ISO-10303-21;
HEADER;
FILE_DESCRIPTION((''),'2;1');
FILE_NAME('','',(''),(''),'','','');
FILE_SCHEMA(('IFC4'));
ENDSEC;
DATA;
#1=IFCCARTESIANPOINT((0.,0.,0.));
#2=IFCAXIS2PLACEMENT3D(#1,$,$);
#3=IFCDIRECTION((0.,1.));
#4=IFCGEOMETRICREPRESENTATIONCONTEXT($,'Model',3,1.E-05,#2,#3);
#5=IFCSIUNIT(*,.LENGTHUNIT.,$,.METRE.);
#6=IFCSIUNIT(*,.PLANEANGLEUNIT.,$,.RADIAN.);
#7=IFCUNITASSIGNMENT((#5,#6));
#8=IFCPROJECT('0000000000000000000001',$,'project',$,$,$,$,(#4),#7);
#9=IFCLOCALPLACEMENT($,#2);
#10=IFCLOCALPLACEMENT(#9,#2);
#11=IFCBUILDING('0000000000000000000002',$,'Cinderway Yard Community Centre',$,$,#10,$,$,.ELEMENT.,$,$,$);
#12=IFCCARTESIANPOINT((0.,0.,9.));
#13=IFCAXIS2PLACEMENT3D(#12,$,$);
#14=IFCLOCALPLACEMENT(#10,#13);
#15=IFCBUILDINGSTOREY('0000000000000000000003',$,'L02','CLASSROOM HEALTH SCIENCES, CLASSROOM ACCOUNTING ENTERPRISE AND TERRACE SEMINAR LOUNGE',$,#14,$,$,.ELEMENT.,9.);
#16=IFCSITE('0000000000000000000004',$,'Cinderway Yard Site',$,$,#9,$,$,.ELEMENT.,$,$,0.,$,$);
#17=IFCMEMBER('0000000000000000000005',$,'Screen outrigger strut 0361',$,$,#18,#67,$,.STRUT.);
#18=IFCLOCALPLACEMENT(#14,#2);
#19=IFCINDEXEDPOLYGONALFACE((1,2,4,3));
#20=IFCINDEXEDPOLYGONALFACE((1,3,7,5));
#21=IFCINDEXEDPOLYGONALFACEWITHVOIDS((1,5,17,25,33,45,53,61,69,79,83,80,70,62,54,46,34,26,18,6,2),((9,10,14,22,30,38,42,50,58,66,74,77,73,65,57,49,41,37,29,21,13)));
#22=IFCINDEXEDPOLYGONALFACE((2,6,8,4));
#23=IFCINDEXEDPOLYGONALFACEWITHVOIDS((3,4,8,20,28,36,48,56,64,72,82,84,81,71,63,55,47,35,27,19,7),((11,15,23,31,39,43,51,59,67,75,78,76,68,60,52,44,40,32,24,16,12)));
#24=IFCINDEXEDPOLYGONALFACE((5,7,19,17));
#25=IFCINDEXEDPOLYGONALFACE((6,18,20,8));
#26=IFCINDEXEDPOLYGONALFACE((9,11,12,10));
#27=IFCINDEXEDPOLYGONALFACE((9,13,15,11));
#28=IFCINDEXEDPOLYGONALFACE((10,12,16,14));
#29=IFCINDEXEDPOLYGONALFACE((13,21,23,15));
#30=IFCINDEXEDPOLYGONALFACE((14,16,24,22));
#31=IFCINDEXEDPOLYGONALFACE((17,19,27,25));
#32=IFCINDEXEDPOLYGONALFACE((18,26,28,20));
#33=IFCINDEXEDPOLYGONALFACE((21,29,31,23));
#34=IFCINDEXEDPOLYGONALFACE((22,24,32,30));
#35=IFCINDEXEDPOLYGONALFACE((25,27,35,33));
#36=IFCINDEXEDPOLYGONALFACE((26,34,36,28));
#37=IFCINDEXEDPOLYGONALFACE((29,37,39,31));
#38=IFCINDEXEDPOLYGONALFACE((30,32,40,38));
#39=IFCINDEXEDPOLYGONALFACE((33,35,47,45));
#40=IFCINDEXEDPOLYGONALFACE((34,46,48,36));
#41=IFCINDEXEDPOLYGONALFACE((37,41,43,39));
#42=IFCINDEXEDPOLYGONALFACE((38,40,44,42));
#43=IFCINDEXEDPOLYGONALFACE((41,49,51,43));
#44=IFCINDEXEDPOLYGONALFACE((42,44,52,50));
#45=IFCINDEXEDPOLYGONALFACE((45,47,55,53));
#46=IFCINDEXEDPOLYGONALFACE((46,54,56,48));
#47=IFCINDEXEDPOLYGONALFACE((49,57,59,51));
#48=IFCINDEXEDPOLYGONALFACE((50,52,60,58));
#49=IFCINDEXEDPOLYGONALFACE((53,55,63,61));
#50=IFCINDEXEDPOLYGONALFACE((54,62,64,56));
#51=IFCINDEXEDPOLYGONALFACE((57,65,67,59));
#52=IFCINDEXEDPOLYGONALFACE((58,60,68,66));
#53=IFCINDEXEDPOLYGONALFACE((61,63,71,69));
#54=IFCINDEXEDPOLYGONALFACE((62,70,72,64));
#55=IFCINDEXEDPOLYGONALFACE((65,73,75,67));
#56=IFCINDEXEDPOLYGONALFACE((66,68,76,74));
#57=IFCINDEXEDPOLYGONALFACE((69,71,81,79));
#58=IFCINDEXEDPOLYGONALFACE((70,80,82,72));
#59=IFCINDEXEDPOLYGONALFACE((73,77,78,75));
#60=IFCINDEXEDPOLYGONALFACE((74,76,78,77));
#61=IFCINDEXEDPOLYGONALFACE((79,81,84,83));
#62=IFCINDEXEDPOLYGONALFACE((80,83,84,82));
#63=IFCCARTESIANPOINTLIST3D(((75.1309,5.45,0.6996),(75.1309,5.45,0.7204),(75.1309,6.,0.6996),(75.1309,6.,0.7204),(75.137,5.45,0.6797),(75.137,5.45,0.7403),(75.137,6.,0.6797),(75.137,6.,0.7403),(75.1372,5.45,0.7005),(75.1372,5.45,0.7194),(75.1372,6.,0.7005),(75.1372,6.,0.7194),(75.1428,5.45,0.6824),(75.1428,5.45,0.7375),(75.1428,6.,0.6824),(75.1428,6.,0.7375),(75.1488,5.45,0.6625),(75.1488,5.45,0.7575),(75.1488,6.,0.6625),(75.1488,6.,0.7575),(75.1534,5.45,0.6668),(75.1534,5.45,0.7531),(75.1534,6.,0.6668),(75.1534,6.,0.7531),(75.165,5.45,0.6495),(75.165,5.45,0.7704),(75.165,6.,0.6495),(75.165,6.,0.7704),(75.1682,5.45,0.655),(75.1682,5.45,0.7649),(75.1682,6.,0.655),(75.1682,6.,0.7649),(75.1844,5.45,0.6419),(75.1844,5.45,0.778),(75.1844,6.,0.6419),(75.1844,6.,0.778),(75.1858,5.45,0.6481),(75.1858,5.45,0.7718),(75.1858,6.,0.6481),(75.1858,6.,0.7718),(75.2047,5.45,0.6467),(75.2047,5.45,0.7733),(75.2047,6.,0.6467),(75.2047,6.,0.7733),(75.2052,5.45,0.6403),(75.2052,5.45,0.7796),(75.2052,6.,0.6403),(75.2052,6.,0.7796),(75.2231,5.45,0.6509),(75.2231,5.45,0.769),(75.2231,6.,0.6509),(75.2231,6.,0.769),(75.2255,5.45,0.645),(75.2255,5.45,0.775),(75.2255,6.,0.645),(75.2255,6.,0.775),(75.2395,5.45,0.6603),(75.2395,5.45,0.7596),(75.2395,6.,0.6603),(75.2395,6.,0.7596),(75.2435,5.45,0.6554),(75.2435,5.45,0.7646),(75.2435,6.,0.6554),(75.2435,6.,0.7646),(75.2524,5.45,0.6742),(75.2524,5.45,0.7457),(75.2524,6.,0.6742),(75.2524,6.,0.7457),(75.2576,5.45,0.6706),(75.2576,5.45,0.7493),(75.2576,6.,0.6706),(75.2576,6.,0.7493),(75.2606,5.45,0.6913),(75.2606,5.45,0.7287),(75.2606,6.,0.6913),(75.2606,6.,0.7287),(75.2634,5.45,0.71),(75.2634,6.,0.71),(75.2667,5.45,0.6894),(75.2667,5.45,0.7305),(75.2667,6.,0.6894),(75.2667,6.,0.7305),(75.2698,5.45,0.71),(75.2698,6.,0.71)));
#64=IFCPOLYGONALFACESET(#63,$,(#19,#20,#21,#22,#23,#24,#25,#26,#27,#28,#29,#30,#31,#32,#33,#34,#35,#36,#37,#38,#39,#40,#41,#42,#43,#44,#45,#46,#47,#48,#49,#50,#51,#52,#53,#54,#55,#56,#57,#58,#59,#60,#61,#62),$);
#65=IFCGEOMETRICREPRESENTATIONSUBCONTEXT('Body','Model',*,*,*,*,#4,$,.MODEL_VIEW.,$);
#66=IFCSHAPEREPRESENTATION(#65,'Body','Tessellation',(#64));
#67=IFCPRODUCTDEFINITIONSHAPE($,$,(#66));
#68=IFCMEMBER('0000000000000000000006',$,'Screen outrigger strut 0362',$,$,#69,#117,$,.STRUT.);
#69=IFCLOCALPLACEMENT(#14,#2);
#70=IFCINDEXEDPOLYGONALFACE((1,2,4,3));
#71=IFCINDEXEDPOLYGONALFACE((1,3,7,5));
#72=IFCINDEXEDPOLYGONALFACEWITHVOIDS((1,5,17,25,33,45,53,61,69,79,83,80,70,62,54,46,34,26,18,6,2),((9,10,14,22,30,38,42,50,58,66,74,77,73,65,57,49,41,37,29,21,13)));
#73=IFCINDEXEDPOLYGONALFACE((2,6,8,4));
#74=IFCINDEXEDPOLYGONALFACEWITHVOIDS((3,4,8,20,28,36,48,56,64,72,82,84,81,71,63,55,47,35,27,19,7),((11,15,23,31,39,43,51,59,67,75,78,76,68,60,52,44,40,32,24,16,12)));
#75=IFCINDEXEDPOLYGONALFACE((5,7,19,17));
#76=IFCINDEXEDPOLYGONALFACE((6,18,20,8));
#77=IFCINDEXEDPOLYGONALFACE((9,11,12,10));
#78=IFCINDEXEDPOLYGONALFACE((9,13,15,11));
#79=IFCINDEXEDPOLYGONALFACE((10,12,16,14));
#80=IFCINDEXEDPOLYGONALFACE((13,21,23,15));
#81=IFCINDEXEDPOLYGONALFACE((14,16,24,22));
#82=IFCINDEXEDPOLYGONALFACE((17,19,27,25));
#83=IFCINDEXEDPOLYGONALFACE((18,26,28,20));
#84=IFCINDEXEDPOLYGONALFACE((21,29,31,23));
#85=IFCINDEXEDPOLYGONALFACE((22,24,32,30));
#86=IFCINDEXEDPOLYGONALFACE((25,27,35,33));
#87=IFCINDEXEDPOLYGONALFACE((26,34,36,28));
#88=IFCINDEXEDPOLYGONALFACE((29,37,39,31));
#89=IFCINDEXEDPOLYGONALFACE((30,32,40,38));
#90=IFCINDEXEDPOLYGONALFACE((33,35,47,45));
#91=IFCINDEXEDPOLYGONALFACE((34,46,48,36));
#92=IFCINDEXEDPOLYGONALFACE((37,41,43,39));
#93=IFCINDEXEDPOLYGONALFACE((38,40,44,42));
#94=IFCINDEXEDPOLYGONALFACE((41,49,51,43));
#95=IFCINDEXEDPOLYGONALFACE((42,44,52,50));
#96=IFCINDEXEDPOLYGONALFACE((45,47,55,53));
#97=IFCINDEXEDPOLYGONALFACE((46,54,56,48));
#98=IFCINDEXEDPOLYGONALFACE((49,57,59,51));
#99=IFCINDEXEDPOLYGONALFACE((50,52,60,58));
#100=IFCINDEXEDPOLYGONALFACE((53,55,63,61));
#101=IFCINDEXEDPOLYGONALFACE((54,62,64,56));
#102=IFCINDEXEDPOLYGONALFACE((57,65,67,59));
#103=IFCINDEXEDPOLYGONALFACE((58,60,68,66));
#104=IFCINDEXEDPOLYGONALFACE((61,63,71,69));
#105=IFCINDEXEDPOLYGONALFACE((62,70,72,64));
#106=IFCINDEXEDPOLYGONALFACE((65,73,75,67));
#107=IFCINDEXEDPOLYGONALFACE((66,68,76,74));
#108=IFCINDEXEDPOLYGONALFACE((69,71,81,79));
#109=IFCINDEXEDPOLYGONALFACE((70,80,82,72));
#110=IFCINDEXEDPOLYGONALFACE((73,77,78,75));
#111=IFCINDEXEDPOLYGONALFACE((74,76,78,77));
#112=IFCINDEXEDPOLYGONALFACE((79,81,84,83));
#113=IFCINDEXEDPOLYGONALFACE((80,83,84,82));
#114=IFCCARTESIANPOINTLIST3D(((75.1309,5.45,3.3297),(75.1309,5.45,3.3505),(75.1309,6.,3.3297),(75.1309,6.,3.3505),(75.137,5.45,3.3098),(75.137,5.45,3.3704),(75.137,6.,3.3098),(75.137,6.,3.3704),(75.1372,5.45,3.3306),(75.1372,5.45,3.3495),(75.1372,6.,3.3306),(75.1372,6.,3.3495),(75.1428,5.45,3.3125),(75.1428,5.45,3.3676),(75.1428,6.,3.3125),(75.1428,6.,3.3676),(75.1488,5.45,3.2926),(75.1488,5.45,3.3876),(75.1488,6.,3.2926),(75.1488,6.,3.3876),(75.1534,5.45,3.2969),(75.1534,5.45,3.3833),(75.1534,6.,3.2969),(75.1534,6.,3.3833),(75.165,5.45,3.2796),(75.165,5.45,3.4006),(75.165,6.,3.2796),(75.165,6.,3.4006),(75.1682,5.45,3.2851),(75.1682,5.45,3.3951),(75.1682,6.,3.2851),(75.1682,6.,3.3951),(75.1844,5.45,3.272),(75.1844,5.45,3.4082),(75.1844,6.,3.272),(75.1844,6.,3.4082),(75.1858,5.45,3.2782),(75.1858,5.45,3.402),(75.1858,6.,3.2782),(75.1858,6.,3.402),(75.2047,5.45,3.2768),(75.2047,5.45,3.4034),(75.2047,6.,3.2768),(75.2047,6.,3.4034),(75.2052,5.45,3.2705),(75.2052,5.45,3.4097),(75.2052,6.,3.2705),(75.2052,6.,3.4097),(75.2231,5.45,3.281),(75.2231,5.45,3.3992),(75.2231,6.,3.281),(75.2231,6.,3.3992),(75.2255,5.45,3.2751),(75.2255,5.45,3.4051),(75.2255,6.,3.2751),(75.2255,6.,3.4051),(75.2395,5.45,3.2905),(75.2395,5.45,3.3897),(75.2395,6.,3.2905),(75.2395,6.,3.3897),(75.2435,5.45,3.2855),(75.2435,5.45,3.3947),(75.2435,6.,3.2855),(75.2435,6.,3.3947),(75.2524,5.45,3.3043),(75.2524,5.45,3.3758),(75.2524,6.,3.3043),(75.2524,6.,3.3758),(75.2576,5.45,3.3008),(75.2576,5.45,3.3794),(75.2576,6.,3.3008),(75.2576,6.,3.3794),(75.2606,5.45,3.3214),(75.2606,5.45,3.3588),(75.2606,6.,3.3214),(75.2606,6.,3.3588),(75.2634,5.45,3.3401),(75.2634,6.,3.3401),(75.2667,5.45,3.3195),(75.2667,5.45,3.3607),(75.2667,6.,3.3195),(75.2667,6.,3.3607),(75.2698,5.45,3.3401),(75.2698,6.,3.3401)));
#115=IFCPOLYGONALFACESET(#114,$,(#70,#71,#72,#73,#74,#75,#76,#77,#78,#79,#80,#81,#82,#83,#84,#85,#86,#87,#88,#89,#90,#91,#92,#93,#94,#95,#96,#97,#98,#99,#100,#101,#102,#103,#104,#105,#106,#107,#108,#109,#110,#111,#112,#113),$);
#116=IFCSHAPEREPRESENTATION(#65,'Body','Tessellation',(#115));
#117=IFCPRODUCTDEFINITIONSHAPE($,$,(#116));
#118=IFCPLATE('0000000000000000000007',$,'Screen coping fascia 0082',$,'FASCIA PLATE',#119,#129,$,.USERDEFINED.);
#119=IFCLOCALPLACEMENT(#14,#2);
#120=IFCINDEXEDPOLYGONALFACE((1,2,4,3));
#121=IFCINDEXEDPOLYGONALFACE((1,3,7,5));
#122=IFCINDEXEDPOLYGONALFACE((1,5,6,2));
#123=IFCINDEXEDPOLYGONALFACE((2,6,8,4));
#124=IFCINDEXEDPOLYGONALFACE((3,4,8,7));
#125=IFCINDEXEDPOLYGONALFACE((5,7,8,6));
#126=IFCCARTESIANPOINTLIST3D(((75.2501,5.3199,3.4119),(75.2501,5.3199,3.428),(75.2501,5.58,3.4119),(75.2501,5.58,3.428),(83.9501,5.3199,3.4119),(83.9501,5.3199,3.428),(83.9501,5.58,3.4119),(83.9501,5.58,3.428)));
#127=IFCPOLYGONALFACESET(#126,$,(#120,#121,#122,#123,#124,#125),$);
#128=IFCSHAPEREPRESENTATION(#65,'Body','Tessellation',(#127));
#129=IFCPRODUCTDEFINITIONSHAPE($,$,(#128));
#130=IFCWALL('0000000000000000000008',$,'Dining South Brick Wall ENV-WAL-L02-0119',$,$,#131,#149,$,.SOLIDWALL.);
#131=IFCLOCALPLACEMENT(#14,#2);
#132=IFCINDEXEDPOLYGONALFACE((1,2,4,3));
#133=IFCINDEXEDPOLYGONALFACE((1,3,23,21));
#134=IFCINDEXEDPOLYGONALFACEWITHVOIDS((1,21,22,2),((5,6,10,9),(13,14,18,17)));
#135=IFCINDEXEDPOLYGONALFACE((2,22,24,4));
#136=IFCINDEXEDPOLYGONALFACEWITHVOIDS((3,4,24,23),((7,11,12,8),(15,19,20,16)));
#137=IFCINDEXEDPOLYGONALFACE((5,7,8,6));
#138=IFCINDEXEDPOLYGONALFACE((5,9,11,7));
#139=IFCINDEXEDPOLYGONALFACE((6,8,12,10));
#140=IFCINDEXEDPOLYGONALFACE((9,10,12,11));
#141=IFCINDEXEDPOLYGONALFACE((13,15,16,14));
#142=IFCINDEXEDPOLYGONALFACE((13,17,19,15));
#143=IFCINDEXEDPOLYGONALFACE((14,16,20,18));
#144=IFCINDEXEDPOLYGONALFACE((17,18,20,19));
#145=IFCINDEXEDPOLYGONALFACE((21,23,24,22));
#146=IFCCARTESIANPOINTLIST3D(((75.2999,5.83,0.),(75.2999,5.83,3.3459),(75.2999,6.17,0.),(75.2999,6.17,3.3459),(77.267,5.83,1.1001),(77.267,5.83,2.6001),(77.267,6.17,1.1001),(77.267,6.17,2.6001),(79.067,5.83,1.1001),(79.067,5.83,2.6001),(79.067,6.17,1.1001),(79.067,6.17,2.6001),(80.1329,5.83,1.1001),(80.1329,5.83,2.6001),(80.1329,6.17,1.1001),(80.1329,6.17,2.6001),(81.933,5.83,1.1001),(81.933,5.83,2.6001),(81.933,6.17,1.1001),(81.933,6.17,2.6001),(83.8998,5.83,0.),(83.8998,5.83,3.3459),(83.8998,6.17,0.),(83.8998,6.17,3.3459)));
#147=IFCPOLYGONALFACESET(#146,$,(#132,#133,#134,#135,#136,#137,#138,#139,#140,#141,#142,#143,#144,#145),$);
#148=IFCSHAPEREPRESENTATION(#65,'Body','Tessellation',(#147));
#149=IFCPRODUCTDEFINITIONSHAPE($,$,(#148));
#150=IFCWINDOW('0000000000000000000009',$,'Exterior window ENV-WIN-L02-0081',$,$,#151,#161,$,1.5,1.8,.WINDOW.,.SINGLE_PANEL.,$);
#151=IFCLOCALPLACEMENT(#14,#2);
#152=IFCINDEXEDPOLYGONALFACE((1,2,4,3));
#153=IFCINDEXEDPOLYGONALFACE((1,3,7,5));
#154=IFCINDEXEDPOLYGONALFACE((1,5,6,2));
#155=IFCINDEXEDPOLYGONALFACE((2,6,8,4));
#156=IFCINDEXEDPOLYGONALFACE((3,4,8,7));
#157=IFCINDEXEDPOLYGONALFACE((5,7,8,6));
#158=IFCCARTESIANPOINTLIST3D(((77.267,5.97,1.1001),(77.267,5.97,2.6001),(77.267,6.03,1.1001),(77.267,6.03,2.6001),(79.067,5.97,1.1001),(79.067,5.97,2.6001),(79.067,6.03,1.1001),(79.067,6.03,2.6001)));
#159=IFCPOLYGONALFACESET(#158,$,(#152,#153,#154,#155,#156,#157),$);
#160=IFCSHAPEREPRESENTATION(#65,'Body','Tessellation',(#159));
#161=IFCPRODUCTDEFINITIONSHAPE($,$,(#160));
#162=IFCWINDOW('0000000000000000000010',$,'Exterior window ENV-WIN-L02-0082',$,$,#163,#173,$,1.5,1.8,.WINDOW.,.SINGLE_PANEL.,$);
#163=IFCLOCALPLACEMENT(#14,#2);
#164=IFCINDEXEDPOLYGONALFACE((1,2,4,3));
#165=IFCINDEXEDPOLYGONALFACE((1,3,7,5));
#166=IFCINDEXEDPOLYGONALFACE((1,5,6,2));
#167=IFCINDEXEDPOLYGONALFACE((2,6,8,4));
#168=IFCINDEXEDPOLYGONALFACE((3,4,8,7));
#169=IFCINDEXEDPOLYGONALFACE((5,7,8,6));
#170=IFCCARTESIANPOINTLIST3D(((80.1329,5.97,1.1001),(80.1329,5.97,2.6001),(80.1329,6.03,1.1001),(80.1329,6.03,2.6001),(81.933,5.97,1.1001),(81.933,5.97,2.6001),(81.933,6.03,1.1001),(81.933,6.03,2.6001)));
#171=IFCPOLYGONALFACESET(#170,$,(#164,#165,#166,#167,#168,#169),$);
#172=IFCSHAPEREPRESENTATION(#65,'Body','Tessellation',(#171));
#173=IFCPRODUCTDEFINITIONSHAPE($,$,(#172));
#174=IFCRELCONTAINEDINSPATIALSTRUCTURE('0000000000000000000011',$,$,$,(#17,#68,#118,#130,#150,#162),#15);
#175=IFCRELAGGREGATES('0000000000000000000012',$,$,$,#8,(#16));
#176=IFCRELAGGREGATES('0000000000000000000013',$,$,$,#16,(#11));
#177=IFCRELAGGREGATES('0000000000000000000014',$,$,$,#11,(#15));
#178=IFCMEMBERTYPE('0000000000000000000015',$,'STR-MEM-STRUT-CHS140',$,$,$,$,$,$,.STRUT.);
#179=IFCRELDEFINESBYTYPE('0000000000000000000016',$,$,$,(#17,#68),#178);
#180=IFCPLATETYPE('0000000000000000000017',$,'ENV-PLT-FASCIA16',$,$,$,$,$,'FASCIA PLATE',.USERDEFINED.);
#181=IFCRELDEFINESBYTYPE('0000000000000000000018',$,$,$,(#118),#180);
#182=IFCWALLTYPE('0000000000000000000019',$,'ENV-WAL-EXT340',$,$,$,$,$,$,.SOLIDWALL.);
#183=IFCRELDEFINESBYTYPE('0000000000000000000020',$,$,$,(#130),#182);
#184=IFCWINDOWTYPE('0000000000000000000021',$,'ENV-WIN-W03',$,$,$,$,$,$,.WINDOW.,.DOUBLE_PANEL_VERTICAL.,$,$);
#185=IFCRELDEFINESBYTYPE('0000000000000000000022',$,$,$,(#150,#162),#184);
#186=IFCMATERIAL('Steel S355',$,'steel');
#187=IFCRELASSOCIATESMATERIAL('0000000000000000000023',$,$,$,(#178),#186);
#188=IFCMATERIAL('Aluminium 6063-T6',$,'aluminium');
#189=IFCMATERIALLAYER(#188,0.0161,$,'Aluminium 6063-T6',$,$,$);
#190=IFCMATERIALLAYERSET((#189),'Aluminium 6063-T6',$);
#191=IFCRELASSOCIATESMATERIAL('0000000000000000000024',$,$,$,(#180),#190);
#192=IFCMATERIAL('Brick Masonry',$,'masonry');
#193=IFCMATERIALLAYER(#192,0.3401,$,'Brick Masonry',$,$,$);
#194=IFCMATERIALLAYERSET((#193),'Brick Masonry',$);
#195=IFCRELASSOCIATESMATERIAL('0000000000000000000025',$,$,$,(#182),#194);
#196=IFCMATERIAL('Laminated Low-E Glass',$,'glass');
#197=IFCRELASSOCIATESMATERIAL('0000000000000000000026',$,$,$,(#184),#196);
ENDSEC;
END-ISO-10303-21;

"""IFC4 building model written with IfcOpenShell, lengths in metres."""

from ifc_helpers import new_model, si_unit, direction, frame, frame_2d, origin, origin_2d, place, context, subcontext, project, spatial, rectangle, hollow_circle, extrude, material, layer, layer_set, material_profile, profile_set, type_object, element, fill, save


model = new_model("IFC4")

# Units and contexts
model_context = context("Model", 3, precision=1e-05, world=origin(), true_north=direction((0.0, 1.0)))
body_context = subcontext(model_context, "Body", "Model", "MODEL_VIEW")
ifc_project = project(units=[si_unit("LENGTHUNIT", "METRE"), si_unit("PLANEANGLEUNIT", "RADIAN")], contexts=[model_context])

# Site, building, storey
site_placement = place(None, origin())
site = spatial("IfcSite", under=ifc_project, at=site_placement, Name="Cinderway Yard Site", CompositionType="ELEMENT", RefElevation=0.0)
building_placement = place(site_placement, origin())
building = spatial("IfcBuilding", under=site, at=building_placement, Name="Cinderway Yard Community Centre", CompositionType="ELEMENT")
storey_placement = place(building_placement, frame((0.0, 0.0, 9.0)))
storey = spatial("IfcBuildingStorey", under=building, at=storey_placement, Name="L02", Description="CLASSROOM HEALTH SCIENCES, CLASSROOM ACCOUNTING ENTERPRISE AND TERRACE SEMINAR LOUNGE", CompositionType="ELEMENT", Elevation=9.0)

# Shared definitions
ifc_material_1 = material(Name="Aluminium 6063-T6", Category="aluminium")

# Shared definitions
ifc_material_2 = material(Name="Steel S355", Category="steel")

# Members
ifc_material_profile_1 = material_profile(ifc_material_2, hollow_circle(Radius=0.0698, WallThickness=0.0063, at=origin_2d()), Name="Steel S355")
ifc_profile_set_1 = profile_set([ifc_material_profile_1], Name="Steel S355")
member_type_1 = type_object("IfcMemberType", Name="STR-MEM-STRUT-CHS140", PredefinedType="STRUT", material=ifc_profile_set_1)
for number, where, z_axis, x_axis, name in (
    (1, (75.2, 6.0, 0.71), (0.0, -1.0, 0.0), (1.0, 0.0, 0.0), "Screen outrigger strut 0361"),
    (2, (75.2, 6.0, 3.3401), (0.0, -1.0, 0.0), (1.0, 0.0, 0.0), "Screen outrigger strut 0362"),
):
    element("IfcMember", number, at=place(storey_placement, frame(where, z_axis=z_axis, x_axis=x_axis)), inside=storey, type_object=member_type_1, Name=name, PredefinedType="STRUT", context=body_context, shape_type="SweptSolid", body=[
        extrude(hollow_circle(Radius=0.0698, WallThickness=0.0063, at=origin_2d()), origin(), (0.0, 0.0, 1.0), 0.55),
    ])

# Plate
ifc_layer_1 = layer(ifc_material_1, 0.0161, Name="Aluminium 6063-T6")
ifc_layer_set_1 = layer_set([ifc_layer_1], Name="Aluminium 6063-T6")
plate_type = type_object("IfcPlateType", Name="ENV-PLT-FASCIA16", ElementType="FASCIA PLATE", PredefinedType="USERDEFINED", material=ifc_layer_set_1)
plate_placement = place(storey_placement, frame((79.6001, 5.45, 3.4119), z_axis=(0.0, 0.0, 1.0), x_axis=(-1.0, 0.0, 0.0)))
element("IfcPlate", 3, at=plate_placement, inside=storey, type_object=plate_type, Name="Screen coping fascia 0082", ObjectType="FASCIA PLATE", PredefinedType="USERDEFINED", context=body_context, shape_type="SweptSolid", body=[
    extrude(rectangle(XDim=8.7, YDim=0.26, at=origin_2d()), origin(), (0.0, 0.0, 1.0), 0.0161),
])

# Wall, openings, windows
ifc_material_3 = material(Name="Brick Masonry", Category="masonry")
ifc_layer_2 = layer(ifc_material_3, 0.3401, Name="Brick Masonry")
ifc_layer_set_2 = layer_set([ifc_layer_2], Name="Brick Masonry")
wall_type_1 = type_object("IfcWallType", Name="ENV-WAL-EXT340", PredefinedType="SOLIDWALL", material=ifc_layer_set_2)
wall_1_placement = place(storey_placement, frame((75.3, 6.0, 0.0), z_axis=(0.0, 0.0, 1.0), x_axis=(1.0, 0.0, 0.0)))
wall_1 = element("IfcWall", 4, at=wall_1_placement, inside=storey, type_object=wall_type_1, Name="Dining South Brick Wall ENV-WAL-L02-0119", PredefinedType="SOLIDWALL", context=body_context, shape_type="SweptSolid", body=[
    extrude(rectangle(XDim=8.5999, YDim=0.3401, at=frame_2d((4.2998, 0.0))), origin(), (0.0, 0.0, 1.0), 3.3459),
])
opening_1_placement = place(wall_1_placement, frame((1.967, 0.0, 1.1001)))
opening_1 = element("IfcOpeningElement", 5, at=opening_1_placement, cuts=wall_1, PredefinedType="OPENING", context=body_context, shape_type="SweptSolid", body=[
    extrude(rectangle(XDim=1.8, YDim=1.5, at=frame_2d((0.8999, 0.75))), frame((0.0, 0.1799, 0.0), z_axis=(0.0, -1.0, 0.0), x_axis=(1.0, 0.0, 0.0)), (0.0, 0.0, 1.0), 0.3601),
])
opening_2_placement = place(wall_1_placement, frame((4.833, 0.0, 1.1001)))
opening_2 = element("IfcOpeningElement", 6, at=opening_2_placement, cuts=wall_1, PredefinedType="OPENING", context=body_context, shape_type="SweptSolid", body=[
    extrude(rectangle(XDim=1.8, YDim=1.5, at=frame_2d((0.8999, 0.75))), frame((0.0, 0.1799, 0.0), z_axis=(0.0, -1.0, 0.0), x_axis=(1.0, 0.0, 0.0)), (0.0, 0.0, 1.0), 0.3601),
])
ifc_material_4 = material(Name="Laminated Low-E Glass", Category="glass")
window_type = type_object("IfcWindowType", Name="ENV-WIN-W03", PartitioningType="DOUBLE_PANEL_VERTICAL", PredefinedType="WINDOW", material=ifc_material_4)
window_1_placement = place(opening_1_placement, origin())
window_1 = element("IfcWindow", 7, at=window_1_placement, inside=storey, type_object=window_type, Name="Exterior window ENV-WIN-L02-0081", OverallHeight=1.5, OverallWidth=1.8, PartitioningType="SINGLE_PANEL", PredefinedType="WINDOW", context=body_context, shape_type="SweptSolid", body=[
    extrude(rectangle(XDim=1.8, YDim=1.5, at=frame_2d((0.8999, 0.75))), frame((0.0, 0.03, 0.0), z_axis=(0.0, -1.0, 0.0), x_axis=(1.0, 0.0, 0.0)), (0.0, 0.0, 1.0), 0.0601),
])
fill(opening_1, window_1)
window_2_placement = place(opening_2_placement, origin())
window_2 = element("IfcWindow", 8, at=window_2_placement, inside=storey, type_object=window_type, Name="Exterior window ENV-WIN-L02-0082", OverallHeight=1.5, OverallWidth=1.8, PartitioningType="SINGLE_PANEL", PredefinedType="WINDOW", context=body_context, shape_type="SweptSolid", body=[
    extrude(rectangle(XDim=1.8, YDim=1.5, at=frame_2d((0.8999, 0.75))), frame((0.0, 0.03, 0.0), z_axis=(0.0, -1.0, 0.0), x_axis=(1.0, 0.0, 0.0)), (0.0, 0.0, 1.0), 0.0601),
])
fill(opening_2, window_2)

save(model, "model.ifc")
